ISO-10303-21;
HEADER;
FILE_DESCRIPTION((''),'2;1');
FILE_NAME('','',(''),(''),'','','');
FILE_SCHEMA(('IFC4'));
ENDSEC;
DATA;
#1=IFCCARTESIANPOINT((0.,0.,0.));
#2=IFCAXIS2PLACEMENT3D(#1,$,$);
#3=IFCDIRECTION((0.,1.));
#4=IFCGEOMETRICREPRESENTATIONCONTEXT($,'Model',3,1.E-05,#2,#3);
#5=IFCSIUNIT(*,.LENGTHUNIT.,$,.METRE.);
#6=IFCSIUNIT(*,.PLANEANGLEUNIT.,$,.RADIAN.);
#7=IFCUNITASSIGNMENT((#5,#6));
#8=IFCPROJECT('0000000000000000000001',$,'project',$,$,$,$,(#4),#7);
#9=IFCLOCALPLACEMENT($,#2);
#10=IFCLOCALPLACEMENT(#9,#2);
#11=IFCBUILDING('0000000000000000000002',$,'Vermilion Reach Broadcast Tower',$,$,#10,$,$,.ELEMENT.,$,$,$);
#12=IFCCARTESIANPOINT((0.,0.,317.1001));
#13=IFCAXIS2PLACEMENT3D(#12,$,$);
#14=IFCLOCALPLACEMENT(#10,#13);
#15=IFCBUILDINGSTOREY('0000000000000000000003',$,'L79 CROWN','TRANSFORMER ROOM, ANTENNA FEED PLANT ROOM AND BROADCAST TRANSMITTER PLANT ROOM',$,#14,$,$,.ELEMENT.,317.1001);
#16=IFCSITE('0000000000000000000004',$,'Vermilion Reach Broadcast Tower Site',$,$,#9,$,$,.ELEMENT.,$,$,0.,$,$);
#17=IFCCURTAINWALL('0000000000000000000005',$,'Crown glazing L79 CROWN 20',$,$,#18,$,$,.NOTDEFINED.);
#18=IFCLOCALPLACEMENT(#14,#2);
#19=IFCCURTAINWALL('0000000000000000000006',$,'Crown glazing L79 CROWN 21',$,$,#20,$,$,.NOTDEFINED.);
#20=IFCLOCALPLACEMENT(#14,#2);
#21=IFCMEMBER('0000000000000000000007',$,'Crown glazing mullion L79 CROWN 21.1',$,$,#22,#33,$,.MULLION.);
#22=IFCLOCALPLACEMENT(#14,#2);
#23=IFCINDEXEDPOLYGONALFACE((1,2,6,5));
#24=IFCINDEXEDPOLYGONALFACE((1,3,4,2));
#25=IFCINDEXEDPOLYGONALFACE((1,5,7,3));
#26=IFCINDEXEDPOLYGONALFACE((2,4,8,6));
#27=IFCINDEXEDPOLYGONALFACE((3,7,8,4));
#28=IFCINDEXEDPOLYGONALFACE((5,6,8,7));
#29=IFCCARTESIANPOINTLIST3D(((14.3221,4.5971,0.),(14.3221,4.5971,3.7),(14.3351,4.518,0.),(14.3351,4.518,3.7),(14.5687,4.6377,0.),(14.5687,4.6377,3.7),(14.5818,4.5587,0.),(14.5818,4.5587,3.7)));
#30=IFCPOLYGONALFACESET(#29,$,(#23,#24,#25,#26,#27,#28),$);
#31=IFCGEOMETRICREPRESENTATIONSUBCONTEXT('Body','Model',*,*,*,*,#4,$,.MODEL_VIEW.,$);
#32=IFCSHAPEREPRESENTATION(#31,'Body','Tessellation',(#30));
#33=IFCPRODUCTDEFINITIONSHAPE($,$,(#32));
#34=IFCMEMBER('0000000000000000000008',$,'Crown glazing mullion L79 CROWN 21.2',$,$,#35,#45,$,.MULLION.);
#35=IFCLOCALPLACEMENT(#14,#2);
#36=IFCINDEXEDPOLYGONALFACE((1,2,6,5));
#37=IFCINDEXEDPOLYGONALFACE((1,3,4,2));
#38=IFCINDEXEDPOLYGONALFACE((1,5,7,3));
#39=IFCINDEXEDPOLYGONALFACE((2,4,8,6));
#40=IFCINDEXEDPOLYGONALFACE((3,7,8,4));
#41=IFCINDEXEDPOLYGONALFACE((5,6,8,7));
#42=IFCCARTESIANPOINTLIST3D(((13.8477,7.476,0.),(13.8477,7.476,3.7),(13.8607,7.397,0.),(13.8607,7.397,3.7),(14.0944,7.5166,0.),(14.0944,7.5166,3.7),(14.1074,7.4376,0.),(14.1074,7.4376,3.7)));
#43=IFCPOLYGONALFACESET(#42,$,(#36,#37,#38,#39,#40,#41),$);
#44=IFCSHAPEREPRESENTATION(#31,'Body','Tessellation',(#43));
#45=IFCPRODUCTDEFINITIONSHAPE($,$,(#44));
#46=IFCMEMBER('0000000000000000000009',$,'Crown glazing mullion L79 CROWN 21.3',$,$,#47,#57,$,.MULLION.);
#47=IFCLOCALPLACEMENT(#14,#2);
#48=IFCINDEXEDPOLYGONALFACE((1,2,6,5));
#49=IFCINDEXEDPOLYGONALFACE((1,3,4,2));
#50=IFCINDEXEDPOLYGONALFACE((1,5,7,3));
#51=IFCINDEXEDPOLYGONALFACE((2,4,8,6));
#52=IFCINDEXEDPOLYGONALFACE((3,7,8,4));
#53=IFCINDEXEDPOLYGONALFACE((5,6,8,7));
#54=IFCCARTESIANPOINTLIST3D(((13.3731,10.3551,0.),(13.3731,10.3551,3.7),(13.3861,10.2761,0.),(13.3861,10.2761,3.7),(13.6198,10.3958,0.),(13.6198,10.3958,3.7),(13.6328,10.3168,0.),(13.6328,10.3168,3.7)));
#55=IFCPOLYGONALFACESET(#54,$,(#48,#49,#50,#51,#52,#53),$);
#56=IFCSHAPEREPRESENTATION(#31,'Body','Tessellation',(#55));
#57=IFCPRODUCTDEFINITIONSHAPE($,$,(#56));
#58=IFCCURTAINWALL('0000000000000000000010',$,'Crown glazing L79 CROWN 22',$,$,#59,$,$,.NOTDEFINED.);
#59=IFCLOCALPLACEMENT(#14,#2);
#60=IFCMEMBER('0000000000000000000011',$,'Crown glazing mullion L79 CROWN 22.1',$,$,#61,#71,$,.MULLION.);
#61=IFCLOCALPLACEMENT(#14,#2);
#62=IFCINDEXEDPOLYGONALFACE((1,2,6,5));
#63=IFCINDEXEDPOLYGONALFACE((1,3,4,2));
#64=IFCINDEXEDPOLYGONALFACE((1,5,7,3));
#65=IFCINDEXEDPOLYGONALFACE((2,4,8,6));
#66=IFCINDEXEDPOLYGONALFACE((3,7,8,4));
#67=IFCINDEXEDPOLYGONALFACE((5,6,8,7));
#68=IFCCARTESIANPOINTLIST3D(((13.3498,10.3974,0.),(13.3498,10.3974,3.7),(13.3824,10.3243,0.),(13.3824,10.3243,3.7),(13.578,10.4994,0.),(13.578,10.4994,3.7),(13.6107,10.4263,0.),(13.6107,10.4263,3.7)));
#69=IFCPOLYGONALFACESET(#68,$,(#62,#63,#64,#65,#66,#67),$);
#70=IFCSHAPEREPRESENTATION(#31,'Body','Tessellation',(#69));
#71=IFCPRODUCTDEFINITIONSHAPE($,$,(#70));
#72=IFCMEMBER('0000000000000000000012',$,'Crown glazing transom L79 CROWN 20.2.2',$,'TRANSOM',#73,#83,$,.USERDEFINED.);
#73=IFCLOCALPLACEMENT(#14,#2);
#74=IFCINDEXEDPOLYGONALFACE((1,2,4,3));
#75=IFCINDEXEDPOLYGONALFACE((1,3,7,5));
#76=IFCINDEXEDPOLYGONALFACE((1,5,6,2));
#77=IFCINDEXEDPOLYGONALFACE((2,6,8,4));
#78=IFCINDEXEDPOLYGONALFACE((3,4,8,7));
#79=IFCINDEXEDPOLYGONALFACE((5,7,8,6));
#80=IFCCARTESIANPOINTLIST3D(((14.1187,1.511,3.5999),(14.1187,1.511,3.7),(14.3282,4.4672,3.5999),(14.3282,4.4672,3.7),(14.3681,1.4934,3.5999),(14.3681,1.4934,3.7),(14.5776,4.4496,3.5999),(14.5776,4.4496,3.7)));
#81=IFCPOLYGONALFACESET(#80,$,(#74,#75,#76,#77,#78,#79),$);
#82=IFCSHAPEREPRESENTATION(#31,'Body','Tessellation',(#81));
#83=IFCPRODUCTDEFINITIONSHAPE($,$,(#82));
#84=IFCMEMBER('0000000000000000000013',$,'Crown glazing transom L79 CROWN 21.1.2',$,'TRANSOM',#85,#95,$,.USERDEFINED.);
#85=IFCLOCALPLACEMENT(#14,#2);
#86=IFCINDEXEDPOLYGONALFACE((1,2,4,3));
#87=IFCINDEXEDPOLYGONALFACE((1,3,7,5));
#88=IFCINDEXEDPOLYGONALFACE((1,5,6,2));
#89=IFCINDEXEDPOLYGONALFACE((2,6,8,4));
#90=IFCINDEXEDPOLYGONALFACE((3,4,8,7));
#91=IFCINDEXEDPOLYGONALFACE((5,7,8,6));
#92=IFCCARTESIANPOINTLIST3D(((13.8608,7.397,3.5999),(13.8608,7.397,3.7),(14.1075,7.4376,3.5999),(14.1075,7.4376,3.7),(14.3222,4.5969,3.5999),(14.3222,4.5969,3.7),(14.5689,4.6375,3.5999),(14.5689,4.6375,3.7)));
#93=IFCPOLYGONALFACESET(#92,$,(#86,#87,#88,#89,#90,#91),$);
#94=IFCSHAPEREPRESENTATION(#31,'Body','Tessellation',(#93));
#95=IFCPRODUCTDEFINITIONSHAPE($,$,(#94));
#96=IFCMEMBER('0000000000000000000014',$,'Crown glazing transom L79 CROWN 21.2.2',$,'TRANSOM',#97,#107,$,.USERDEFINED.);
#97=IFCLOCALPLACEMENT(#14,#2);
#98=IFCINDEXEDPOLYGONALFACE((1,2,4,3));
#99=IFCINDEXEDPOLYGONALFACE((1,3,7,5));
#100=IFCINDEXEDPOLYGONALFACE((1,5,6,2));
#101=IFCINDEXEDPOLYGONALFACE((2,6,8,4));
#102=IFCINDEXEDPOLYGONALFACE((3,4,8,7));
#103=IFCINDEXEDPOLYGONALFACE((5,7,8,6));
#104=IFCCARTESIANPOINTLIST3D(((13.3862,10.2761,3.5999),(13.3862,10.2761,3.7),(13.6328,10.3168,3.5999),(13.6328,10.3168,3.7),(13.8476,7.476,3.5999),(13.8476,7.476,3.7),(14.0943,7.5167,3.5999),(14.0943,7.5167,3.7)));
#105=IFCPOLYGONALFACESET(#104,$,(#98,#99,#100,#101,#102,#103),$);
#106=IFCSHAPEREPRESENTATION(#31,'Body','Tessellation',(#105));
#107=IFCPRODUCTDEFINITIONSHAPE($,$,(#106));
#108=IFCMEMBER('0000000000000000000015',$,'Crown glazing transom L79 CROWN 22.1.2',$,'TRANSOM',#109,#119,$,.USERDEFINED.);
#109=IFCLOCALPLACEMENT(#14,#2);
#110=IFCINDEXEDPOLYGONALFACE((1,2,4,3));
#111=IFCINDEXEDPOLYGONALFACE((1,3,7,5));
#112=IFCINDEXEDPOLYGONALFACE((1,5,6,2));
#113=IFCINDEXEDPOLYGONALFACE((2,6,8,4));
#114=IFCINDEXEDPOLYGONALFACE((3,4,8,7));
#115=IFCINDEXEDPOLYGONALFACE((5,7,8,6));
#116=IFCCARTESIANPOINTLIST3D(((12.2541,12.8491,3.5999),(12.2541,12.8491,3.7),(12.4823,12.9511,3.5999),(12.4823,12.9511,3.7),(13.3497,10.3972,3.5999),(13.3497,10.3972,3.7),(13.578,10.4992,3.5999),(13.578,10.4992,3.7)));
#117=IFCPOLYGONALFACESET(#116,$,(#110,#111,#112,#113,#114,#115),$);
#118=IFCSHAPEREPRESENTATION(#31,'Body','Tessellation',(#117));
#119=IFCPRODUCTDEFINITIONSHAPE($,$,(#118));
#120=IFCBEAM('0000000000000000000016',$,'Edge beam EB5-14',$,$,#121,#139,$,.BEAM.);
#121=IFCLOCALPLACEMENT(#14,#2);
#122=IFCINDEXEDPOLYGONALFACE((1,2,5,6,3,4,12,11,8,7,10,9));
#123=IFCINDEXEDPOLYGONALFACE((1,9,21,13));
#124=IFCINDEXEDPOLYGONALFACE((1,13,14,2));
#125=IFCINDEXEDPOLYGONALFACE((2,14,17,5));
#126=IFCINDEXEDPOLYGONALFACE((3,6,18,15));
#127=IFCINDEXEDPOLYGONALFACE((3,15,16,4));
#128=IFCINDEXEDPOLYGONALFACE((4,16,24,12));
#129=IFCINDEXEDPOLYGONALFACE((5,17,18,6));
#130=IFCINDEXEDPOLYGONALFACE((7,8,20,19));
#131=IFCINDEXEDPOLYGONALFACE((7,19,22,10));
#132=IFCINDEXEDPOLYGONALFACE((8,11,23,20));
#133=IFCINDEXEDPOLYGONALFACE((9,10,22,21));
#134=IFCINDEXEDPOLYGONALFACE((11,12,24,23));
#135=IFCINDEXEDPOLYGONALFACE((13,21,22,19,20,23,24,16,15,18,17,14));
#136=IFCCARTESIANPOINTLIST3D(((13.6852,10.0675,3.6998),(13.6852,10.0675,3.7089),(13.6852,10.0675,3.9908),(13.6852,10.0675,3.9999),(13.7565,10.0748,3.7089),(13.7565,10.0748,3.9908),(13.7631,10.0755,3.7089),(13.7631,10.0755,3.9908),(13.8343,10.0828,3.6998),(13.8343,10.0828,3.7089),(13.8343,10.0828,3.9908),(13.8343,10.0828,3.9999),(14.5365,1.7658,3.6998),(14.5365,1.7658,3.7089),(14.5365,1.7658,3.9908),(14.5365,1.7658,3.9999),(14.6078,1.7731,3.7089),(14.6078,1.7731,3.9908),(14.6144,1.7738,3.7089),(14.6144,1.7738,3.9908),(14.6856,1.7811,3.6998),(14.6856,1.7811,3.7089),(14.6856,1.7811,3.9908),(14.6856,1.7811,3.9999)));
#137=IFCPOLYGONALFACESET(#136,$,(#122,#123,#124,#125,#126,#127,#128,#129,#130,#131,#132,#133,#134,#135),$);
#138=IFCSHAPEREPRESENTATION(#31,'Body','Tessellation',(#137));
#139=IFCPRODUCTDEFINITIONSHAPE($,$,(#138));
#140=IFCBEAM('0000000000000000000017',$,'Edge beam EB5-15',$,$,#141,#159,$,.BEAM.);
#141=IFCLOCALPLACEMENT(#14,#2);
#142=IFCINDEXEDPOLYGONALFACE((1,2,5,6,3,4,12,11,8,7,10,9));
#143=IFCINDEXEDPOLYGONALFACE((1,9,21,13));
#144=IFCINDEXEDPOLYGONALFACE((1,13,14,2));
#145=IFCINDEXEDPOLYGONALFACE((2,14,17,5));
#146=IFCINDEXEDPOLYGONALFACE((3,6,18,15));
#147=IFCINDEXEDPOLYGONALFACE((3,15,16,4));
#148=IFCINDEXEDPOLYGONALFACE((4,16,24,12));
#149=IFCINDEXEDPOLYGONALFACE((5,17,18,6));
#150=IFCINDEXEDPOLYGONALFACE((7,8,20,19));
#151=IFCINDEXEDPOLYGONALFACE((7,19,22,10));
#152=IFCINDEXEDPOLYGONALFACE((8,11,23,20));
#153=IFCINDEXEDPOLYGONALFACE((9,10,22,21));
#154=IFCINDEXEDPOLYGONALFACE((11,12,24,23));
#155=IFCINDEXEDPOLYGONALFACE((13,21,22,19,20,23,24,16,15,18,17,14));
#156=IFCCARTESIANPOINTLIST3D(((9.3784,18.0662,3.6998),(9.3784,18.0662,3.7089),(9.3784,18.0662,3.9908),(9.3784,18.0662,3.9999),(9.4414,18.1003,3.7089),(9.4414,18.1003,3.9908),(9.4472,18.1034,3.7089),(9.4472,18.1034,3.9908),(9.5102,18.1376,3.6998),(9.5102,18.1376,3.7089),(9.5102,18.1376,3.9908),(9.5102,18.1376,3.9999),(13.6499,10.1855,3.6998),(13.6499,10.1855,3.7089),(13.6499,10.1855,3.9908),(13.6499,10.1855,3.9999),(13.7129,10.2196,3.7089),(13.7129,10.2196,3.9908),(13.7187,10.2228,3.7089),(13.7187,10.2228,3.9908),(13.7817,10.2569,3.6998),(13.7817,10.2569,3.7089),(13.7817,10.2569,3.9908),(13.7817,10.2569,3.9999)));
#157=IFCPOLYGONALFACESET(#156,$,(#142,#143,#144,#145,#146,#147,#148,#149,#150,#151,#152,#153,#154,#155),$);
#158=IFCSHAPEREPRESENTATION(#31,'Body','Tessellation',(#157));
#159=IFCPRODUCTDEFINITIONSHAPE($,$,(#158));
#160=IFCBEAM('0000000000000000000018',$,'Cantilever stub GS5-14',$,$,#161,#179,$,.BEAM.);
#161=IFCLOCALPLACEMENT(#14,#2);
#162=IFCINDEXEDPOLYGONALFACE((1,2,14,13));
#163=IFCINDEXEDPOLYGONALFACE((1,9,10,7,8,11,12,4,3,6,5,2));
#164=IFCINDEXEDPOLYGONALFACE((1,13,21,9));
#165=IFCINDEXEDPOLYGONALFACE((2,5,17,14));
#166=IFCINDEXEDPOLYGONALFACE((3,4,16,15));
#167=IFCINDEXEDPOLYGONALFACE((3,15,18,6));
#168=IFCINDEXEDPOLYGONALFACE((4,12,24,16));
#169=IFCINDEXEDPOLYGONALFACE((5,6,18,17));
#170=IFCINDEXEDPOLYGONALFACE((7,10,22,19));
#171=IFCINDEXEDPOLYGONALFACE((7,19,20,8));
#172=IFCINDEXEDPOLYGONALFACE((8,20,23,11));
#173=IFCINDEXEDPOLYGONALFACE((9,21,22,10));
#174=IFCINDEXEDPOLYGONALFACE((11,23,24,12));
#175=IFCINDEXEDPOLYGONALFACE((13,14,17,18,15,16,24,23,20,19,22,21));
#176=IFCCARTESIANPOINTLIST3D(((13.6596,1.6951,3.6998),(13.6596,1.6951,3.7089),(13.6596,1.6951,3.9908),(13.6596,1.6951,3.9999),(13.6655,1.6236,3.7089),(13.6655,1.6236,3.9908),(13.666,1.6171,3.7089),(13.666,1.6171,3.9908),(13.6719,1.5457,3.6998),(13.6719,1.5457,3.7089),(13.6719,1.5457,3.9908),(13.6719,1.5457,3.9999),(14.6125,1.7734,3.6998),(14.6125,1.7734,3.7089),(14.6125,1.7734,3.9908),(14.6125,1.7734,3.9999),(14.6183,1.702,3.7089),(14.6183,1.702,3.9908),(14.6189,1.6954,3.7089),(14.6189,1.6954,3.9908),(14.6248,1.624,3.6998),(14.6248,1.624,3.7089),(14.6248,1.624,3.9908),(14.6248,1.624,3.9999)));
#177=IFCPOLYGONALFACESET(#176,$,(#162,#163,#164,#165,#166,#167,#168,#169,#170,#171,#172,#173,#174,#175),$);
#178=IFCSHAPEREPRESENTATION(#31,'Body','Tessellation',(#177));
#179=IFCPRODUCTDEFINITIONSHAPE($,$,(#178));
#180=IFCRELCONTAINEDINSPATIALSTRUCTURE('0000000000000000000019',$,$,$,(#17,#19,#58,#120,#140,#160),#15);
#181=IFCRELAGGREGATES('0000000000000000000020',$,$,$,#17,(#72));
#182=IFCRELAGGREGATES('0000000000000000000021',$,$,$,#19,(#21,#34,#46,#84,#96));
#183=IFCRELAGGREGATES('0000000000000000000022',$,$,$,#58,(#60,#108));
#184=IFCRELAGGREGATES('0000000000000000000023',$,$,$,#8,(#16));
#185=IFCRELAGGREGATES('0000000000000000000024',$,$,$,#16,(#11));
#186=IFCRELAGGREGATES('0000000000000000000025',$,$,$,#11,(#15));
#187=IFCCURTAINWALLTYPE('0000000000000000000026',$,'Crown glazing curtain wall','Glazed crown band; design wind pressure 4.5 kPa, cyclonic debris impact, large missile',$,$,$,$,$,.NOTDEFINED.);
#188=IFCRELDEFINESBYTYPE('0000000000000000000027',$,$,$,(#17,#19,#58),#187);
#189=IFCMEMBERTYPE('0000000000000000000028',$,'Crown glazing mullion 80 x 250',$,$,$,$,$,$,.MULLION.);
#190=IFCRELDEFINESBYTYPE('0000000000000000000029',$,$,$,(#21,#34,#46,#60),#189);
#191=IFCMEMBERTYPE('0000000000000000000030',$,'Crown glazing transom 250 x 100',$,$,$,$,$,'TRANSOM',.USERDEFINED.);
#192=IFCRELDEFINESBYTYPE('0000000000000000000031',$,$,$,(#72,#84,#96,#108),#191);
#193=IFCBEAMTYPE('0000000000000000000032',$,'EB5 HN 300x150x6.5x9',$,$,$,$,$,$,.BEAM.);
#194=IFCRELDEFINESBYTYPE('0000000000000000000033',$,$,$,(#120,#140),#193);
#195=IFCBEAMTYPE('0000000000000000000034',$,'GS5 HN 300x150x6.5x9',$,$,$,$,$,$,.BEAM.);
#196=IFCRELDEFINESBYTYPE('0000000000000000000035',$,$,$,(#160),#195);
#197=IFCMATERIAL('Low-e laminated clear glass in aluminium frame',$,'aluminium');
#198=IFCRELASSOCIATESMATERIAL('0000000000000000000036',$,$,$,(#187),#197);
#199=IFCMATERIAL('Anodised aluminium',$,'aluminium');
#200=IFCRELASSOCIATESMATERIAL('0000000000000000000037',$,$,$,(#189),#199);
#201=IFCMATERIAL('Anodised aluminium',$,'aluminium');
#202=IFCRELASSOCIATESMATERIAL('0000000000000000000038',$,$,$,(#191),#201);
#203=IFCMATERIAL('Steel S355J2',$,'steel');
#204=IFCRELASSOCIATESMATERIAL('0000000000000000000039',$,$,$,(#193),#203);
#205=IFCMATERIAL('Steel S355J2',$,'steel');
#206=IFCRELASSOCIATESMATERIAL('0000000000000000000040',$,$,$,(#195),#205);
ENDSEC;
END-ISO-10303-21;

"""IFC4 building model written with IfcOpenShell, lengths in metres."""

from ifc_helpers import new_model, si_unit, direction, frame, origin, origin_2d, place, context, subcontext, project, spatial, rectangle, i_section, extrude, material, material_profile, profile_set, type_object, element, aggregate, save


model = new_model("IFC4")

# Units and contexts
model_context = context("Model", 3, precision=1e-05, world=origin(), true_north=direction((0.0, 1.0)))
body_context = subcontext(model_context, "Body", "Model", "MODEL_VIEW")
ifc_project = project(units=[si_unit("LENGTHUNIT", "METRE"), si_unit("PLANEANGLEUNIT", "RADIAN")], contexts=[model_context])

# Site, building, storey
site_placement = place(None, origin())
site = spatial("IfcSite", under=ifc_project, at=site_placement, Name="Vermilion Reach Broadcast Tower Site", CompositionType="ELEMENT", RefElevation=0.0)
building_placement = place(site_placement, origin())
building = spatial("IfcBuilding", under=site, at=building_placement, Name="Vermilion Reach Broadcast Tower", CompositionType="ELEMENT")
storey_placement = place(building_placement, frame((0.0, 0.0, 317.1001)))
storey = spatial("IfcBuildingStorey", under=building, at=storey_placement, Name="L79 CROWN", Description="TRANSFORMER ROOM, ANTENNA FEED PLANT ROOM AND BROADCAST TRANSMITTER PLANT ROOM", CompositionType="ELEMENT", Elevation=317.1001)

# Curtain walls, members
ifc_material_1 = material(Name="Low-e laminated clear glass in aluminium frame", Category="aluminium")
curtain_wall_type = type_object("IfcCurtainWallType", Name="Crown glazing curtain wall", Description="Glazed crown band; design wind pressure 4.5 kPa, cyclonic debris impact, large missile", PredefinedType="NOTDEFINED", material=ifc_material_1)
placement = place(storey_placement, origin())
curtain_wall_1 = element("IfcCurtainWall", 1, at=placement, inside=storey, type_object=curtain_wall_type, Name="Crown glazing L79 CROWN 20", PredefinedType="NOTDEFINED")
ifc_material_2 = material(Name="Anodised aluminium", Category="aluminium")
ifc_material_profile_1 = material_profile(ifc_material_2, rectangle(XDim=0.25, YDim=0.0801, at=origin_2d()), Name="Crown glazing mullion 80 x 250")
ifc_profile_set_1 = profile_set([ifc_material_profile_1], Name="Anodised aluminium")
member_type_1 = type_object("IfcMemberType", Name="Crown glazing mullion 80 x 250", PredefinedType="MULLION", material=ifc_profile_set_1)
curtain_wall_2 = element("IfcCurtainWall", 2, at=placement, inside=storey, type_object=curtain_wall_type, Name="Crown glazing L79 CROWN 21", PredefinedType="NOTDEFINED")
member_1_placement = place(storey_placement, frame((14.4519, 4.5779, 0.0), z_axis=(0.0, 0.0, 1.0), x_axis=(-0.986689, -0.162618, 0.0)))
member_1 = element("IfcMember", 3, at=member_1_placement, type_object=member_type_1, Name="Crown glazing mullion L79 CROWN 21.1", PredefinedType="MULLION", context=body_context, shape_type="SweptSolid", body=[
    extrude(rectangle(XDim=0.25, YDim=0.0801, at=origin_2d()), origin(), (0.0, 0.0, 1.0), 3.7),
])
member_2_placement = place(storey_placement, frame((13.9775, 7.4568, 0.0), z_axis=(0.0, 0.0, 1.0), x_axis=(-0.986689, -0.162618, 0.0)))
member_2 = element("IfcMember", 4, at=member_2_placement, type_object=member_type_1, Name="Crown glazing mullion L79 CROWN 21.2", PredefinedType="MULLION", context=body_context, shape_type="SweptSolid", body=[
    extrude(rectangle(XDim=0.25, YDim=0.0801, at=origin_2d()), origin(), (0.0, 0.0, 1.0), 3.7),
])
member_3_placement = place(storey_placement, frame((13.5029, 10.3359, 0.0), z_axis=(0.0, 0.0, 1.0), x_axis=(-0.986689, -0.162618, 0.0)))
member_3 = element("IfcMember", 5, at=member_3_placement, type_object=member_type_1, Name="Crown glazing mullion L79 CROWN 21.3", PredefinedType="MULLION", context=body_context, shape_type="SweptSolid", body=[
    extrude(rectangle(XDim=0.25, YDim=0.0801, at=origin_2d()), origin(), (0.0, 0.0, 1.0), 3.7),
])

# Curtain wall, member
curtain_wall_3 = element("IfcCurtainWall", 6, at=placement, inside=storey, type_object=curtain_wall_type, Name="Crown glazing L79 CROWN 22", PredefinedType="NOTDEFINED")
member_4_placement = place(storey_placement, frame((13.4802, 10.4119, 0.0), z_axis=(0.0, 0.0, 1.0), x_axis=(-0.912989, -0.407985, 0.0)))
member_4 = element("IfcMember", 7, at=member_4_placement, type_object=member_type_1, Name="Crown glazing mullion L79 CROWN 22.1", PredefinedType="MULLION", context=body_context, shape_type="SweptSolid", body=[
    extrude(rectangle(XDim=0.25, YDim=0.0801, at=origin_2d()), origin(), (0.0, 0.0, 1.0), 3.7),
])

# Members
ifc_material_3 = material(Name="Anodised aluminium", Category="aluminium")
ifc_material_profile_2 = material_profile(ifc_material_3, rectangle(XDim=0.25, YDim=0.1001, at=origin_2d()), Name="Crown glazing transom 250 x 100")
ifc_profile_set_2 = profile_set([ifc_material_profile_2], Name="Anodised aluminium")
member_type_2 = type_object("IfcMemberType", Name="Crown glazing transom 250 x 100", ElementType="TRANSOM", PredefinedType="USERDEFINED", material=ifc_profile_set_2)
member_5_placement = place(storey_placement, frame((14.2434, 1.5022, 3.6499), z_axis=(0.070679, 0.997499, 0.0), x_axis=(-0.997499, 0.070679, 0.0)))
member_5 = element("IfcMember", 8, at=member_5_placement, type_object=member_type_2, Name="Crown glazing transom L79 CROWN 20.2.2", ObjectType="TRANSOM", PredefinedType="USERDEFINED", context=body_context, shape_type="SweptSolid", body=[
    extrude(rectangle(XDim=0.25, YDim=0.1001, at=origin_2d()), origin(), (0.0, 0.0, 1.0), 2.9636),
])
member_6_placement = place(storey_placement, frame((14.4456, 4.6172, 3.6499), z_axis=(-0.162599, 0.986692, 0.0), x_axis=(-0.986692, -0.162599, 0.0)))
member_6 = element("IfcMember", 9, at=member_6_placement, type_object=member_type_2, Name="Crown glazing transom L79 CROWN 21.1.2", ObjectType="TRANSOM", PredefinedType="USERDEFINED", context=body_context, shape_type="SweptSolid", body=[
    extrude(rectangle(XDim=0.25, YDim=0.1001, at=origin_2d()), origin(), (0.0, 0.0, 1.0), 2.8379),
])
member_7_placement = place(storey_placement, frame((13.9709, 7.4963, 3.6499), z_axis=(-0.162599, 0.986692, 0.0), x_axis=(-0.986692, -0.162599, 0.0)))
member_7 = element("IfcMember", 10, at=member_7_placement, type_object=member_type_2, Name="Crown glazing transom L79 CROWN 21.2.2", ObjectType="TRANSOM", PredefinedType="USERDEFINED", context=body_context, shape_type="SweptSolid", body=[
    extrude(rectangle(XDim=0.25, YDim=0.1001, at=origin_2d()), origin(), (0.0, 0.0, 1.0), 2.8379),
])
member_8_placement = place(storey_placement, frame((13.4639, 10.4482, 3.6499), z_axis=(-0.407993, 0.912985, 0.0), x_axis=(-0.912985, -0.407993, 0.0)))
member_8 = element("IfcMember", 11, at=member_8_placement, type_object=member_type_2, Name="Crown glazing transom L79 CROWN 22.1.2", ObjectType="TRANSOM", PredefinedType="USERDEFINED", context=body_context, shape_type="SweptSolid", body=[
    extrude(rectangle(XDim=0.25, YDim=0.1001, at=origin_2d()), origin(), (0.0, 0.0, 1.0), 2.6855),
])

# Beams
ifc_material_4 = material(Name="Steel S355J2", Category="steel")
ifc_material_profile_3 = material_profile(ifc_material_4, i_section(OverallWidth=0.1499, OverallDepth=0.3, WebThickness=0.0066, FlangeThickness=0.009, at=origin_2d()), Name="S355J2 HN 300x150x6.5x9")
ifc_profile_set_3 = profile_set([ifc_material_profile_3], Name="Steel S355J2")
beam_type_1 = type_object("IfcBeamType", Name="EB5 HN 300x150x6.5x9", PredefinedType="BEAM", material=ifc_profile_set_3)
beam_1_placement = place(storey_placement, frame((14.6111, 1.7734, 3.8499), z_axis=(-0.102012, 0.994783, 0.0), x_axis=(-0.994783, -0.102012, 0.0)))
element("IfcBeam", 12, at=beam_1_placement, inside=storey, type_object=beam_type_1, Name="Edge beam EB5-14", PredefinedType="BEAM", context=body_context, shape_type="SweptSolid", body=[
    extrude(i_section(OverallWidth=0.1499, OverallDepth=0.3, WebThickness=0.0066, FlangeThickness=0.009, at=origin_2d()), origin(), (0.0, 0.0, 1.0), 8.3452),
])
beam_2_placement = place(storey_placement, frame((13.7158, 10.2212, 3.8499), z_axis=(-0.476526, 0.87916, 0.0), x_axis=(-0.87916, -0.476526, 0.0)))
element("IfcBeam", 13, at=beam_2_placement, inside=storey, type_object=beam_type_1, Name="Edge beam EB5-15", PredefinedType="BEAM", context=body_context, shape_type="SweptSolid", body=[
    extrude(i_section(OverallWidth=0.1499, OverallDepth=0.3, WebThickness=0.0066, FlangeThickness=0.009, at=origin_2d()), origin(), (0.0, 0.0, 1.0), 8.9639),
])
ifc_material_5 = material(Name="Steel S355J2", Category="steel")
ifc_material_profile_4 = material_profile(ifc_material_5, i_section(OverallWidth=0.1499, OverallDepth=0.3, WebThickness=0.0066, FlangeThickness=0.009, at=origin_2d()), Name="S355J2 HN 300x150x6.5x9")
ifc_profile_set_4 = profile_set([ifc_material_profile_4], Name="Steel S355J2")
beam_type_2 = type_object("IfcBeamType", Name="GS5 HN 300x150x6.5x9", PredefinedType="BEAM", material=ifc_profile_set_4)
beam_3_placement = place(storey_placement, frame((13.6658, 1.6204, 3.8499), z_axis=(0.996635, 0.081968, 0.0), x_axis=(-0.081968, 0.996635, 0.0)))
element("IfcBeam", 14, at=beam_3_placement, inside=storey, type_object=beam_type_2, Name="Cantilever stub GS5-14", PredefinedType="BEAM", context=body_context, shape_type="SweptSolid", body=[
    extrude(i_section(OverallWidth=0.1499, OverallDepth=0.3, WebThickness=0.0066, FlangeThickness=0.009, at=origin_2d()), origin(), (0.0, 0.0, 1.0), 0.9561),
])

aggregate(curtain_wall_1, [member_5])
aggregate(curtain_wall_2, [member_1, member_2, member_3, member_6, member_7])
aggregate(curtain_wall_3, [member_4, member_8])

save(model, "model.ifc")
